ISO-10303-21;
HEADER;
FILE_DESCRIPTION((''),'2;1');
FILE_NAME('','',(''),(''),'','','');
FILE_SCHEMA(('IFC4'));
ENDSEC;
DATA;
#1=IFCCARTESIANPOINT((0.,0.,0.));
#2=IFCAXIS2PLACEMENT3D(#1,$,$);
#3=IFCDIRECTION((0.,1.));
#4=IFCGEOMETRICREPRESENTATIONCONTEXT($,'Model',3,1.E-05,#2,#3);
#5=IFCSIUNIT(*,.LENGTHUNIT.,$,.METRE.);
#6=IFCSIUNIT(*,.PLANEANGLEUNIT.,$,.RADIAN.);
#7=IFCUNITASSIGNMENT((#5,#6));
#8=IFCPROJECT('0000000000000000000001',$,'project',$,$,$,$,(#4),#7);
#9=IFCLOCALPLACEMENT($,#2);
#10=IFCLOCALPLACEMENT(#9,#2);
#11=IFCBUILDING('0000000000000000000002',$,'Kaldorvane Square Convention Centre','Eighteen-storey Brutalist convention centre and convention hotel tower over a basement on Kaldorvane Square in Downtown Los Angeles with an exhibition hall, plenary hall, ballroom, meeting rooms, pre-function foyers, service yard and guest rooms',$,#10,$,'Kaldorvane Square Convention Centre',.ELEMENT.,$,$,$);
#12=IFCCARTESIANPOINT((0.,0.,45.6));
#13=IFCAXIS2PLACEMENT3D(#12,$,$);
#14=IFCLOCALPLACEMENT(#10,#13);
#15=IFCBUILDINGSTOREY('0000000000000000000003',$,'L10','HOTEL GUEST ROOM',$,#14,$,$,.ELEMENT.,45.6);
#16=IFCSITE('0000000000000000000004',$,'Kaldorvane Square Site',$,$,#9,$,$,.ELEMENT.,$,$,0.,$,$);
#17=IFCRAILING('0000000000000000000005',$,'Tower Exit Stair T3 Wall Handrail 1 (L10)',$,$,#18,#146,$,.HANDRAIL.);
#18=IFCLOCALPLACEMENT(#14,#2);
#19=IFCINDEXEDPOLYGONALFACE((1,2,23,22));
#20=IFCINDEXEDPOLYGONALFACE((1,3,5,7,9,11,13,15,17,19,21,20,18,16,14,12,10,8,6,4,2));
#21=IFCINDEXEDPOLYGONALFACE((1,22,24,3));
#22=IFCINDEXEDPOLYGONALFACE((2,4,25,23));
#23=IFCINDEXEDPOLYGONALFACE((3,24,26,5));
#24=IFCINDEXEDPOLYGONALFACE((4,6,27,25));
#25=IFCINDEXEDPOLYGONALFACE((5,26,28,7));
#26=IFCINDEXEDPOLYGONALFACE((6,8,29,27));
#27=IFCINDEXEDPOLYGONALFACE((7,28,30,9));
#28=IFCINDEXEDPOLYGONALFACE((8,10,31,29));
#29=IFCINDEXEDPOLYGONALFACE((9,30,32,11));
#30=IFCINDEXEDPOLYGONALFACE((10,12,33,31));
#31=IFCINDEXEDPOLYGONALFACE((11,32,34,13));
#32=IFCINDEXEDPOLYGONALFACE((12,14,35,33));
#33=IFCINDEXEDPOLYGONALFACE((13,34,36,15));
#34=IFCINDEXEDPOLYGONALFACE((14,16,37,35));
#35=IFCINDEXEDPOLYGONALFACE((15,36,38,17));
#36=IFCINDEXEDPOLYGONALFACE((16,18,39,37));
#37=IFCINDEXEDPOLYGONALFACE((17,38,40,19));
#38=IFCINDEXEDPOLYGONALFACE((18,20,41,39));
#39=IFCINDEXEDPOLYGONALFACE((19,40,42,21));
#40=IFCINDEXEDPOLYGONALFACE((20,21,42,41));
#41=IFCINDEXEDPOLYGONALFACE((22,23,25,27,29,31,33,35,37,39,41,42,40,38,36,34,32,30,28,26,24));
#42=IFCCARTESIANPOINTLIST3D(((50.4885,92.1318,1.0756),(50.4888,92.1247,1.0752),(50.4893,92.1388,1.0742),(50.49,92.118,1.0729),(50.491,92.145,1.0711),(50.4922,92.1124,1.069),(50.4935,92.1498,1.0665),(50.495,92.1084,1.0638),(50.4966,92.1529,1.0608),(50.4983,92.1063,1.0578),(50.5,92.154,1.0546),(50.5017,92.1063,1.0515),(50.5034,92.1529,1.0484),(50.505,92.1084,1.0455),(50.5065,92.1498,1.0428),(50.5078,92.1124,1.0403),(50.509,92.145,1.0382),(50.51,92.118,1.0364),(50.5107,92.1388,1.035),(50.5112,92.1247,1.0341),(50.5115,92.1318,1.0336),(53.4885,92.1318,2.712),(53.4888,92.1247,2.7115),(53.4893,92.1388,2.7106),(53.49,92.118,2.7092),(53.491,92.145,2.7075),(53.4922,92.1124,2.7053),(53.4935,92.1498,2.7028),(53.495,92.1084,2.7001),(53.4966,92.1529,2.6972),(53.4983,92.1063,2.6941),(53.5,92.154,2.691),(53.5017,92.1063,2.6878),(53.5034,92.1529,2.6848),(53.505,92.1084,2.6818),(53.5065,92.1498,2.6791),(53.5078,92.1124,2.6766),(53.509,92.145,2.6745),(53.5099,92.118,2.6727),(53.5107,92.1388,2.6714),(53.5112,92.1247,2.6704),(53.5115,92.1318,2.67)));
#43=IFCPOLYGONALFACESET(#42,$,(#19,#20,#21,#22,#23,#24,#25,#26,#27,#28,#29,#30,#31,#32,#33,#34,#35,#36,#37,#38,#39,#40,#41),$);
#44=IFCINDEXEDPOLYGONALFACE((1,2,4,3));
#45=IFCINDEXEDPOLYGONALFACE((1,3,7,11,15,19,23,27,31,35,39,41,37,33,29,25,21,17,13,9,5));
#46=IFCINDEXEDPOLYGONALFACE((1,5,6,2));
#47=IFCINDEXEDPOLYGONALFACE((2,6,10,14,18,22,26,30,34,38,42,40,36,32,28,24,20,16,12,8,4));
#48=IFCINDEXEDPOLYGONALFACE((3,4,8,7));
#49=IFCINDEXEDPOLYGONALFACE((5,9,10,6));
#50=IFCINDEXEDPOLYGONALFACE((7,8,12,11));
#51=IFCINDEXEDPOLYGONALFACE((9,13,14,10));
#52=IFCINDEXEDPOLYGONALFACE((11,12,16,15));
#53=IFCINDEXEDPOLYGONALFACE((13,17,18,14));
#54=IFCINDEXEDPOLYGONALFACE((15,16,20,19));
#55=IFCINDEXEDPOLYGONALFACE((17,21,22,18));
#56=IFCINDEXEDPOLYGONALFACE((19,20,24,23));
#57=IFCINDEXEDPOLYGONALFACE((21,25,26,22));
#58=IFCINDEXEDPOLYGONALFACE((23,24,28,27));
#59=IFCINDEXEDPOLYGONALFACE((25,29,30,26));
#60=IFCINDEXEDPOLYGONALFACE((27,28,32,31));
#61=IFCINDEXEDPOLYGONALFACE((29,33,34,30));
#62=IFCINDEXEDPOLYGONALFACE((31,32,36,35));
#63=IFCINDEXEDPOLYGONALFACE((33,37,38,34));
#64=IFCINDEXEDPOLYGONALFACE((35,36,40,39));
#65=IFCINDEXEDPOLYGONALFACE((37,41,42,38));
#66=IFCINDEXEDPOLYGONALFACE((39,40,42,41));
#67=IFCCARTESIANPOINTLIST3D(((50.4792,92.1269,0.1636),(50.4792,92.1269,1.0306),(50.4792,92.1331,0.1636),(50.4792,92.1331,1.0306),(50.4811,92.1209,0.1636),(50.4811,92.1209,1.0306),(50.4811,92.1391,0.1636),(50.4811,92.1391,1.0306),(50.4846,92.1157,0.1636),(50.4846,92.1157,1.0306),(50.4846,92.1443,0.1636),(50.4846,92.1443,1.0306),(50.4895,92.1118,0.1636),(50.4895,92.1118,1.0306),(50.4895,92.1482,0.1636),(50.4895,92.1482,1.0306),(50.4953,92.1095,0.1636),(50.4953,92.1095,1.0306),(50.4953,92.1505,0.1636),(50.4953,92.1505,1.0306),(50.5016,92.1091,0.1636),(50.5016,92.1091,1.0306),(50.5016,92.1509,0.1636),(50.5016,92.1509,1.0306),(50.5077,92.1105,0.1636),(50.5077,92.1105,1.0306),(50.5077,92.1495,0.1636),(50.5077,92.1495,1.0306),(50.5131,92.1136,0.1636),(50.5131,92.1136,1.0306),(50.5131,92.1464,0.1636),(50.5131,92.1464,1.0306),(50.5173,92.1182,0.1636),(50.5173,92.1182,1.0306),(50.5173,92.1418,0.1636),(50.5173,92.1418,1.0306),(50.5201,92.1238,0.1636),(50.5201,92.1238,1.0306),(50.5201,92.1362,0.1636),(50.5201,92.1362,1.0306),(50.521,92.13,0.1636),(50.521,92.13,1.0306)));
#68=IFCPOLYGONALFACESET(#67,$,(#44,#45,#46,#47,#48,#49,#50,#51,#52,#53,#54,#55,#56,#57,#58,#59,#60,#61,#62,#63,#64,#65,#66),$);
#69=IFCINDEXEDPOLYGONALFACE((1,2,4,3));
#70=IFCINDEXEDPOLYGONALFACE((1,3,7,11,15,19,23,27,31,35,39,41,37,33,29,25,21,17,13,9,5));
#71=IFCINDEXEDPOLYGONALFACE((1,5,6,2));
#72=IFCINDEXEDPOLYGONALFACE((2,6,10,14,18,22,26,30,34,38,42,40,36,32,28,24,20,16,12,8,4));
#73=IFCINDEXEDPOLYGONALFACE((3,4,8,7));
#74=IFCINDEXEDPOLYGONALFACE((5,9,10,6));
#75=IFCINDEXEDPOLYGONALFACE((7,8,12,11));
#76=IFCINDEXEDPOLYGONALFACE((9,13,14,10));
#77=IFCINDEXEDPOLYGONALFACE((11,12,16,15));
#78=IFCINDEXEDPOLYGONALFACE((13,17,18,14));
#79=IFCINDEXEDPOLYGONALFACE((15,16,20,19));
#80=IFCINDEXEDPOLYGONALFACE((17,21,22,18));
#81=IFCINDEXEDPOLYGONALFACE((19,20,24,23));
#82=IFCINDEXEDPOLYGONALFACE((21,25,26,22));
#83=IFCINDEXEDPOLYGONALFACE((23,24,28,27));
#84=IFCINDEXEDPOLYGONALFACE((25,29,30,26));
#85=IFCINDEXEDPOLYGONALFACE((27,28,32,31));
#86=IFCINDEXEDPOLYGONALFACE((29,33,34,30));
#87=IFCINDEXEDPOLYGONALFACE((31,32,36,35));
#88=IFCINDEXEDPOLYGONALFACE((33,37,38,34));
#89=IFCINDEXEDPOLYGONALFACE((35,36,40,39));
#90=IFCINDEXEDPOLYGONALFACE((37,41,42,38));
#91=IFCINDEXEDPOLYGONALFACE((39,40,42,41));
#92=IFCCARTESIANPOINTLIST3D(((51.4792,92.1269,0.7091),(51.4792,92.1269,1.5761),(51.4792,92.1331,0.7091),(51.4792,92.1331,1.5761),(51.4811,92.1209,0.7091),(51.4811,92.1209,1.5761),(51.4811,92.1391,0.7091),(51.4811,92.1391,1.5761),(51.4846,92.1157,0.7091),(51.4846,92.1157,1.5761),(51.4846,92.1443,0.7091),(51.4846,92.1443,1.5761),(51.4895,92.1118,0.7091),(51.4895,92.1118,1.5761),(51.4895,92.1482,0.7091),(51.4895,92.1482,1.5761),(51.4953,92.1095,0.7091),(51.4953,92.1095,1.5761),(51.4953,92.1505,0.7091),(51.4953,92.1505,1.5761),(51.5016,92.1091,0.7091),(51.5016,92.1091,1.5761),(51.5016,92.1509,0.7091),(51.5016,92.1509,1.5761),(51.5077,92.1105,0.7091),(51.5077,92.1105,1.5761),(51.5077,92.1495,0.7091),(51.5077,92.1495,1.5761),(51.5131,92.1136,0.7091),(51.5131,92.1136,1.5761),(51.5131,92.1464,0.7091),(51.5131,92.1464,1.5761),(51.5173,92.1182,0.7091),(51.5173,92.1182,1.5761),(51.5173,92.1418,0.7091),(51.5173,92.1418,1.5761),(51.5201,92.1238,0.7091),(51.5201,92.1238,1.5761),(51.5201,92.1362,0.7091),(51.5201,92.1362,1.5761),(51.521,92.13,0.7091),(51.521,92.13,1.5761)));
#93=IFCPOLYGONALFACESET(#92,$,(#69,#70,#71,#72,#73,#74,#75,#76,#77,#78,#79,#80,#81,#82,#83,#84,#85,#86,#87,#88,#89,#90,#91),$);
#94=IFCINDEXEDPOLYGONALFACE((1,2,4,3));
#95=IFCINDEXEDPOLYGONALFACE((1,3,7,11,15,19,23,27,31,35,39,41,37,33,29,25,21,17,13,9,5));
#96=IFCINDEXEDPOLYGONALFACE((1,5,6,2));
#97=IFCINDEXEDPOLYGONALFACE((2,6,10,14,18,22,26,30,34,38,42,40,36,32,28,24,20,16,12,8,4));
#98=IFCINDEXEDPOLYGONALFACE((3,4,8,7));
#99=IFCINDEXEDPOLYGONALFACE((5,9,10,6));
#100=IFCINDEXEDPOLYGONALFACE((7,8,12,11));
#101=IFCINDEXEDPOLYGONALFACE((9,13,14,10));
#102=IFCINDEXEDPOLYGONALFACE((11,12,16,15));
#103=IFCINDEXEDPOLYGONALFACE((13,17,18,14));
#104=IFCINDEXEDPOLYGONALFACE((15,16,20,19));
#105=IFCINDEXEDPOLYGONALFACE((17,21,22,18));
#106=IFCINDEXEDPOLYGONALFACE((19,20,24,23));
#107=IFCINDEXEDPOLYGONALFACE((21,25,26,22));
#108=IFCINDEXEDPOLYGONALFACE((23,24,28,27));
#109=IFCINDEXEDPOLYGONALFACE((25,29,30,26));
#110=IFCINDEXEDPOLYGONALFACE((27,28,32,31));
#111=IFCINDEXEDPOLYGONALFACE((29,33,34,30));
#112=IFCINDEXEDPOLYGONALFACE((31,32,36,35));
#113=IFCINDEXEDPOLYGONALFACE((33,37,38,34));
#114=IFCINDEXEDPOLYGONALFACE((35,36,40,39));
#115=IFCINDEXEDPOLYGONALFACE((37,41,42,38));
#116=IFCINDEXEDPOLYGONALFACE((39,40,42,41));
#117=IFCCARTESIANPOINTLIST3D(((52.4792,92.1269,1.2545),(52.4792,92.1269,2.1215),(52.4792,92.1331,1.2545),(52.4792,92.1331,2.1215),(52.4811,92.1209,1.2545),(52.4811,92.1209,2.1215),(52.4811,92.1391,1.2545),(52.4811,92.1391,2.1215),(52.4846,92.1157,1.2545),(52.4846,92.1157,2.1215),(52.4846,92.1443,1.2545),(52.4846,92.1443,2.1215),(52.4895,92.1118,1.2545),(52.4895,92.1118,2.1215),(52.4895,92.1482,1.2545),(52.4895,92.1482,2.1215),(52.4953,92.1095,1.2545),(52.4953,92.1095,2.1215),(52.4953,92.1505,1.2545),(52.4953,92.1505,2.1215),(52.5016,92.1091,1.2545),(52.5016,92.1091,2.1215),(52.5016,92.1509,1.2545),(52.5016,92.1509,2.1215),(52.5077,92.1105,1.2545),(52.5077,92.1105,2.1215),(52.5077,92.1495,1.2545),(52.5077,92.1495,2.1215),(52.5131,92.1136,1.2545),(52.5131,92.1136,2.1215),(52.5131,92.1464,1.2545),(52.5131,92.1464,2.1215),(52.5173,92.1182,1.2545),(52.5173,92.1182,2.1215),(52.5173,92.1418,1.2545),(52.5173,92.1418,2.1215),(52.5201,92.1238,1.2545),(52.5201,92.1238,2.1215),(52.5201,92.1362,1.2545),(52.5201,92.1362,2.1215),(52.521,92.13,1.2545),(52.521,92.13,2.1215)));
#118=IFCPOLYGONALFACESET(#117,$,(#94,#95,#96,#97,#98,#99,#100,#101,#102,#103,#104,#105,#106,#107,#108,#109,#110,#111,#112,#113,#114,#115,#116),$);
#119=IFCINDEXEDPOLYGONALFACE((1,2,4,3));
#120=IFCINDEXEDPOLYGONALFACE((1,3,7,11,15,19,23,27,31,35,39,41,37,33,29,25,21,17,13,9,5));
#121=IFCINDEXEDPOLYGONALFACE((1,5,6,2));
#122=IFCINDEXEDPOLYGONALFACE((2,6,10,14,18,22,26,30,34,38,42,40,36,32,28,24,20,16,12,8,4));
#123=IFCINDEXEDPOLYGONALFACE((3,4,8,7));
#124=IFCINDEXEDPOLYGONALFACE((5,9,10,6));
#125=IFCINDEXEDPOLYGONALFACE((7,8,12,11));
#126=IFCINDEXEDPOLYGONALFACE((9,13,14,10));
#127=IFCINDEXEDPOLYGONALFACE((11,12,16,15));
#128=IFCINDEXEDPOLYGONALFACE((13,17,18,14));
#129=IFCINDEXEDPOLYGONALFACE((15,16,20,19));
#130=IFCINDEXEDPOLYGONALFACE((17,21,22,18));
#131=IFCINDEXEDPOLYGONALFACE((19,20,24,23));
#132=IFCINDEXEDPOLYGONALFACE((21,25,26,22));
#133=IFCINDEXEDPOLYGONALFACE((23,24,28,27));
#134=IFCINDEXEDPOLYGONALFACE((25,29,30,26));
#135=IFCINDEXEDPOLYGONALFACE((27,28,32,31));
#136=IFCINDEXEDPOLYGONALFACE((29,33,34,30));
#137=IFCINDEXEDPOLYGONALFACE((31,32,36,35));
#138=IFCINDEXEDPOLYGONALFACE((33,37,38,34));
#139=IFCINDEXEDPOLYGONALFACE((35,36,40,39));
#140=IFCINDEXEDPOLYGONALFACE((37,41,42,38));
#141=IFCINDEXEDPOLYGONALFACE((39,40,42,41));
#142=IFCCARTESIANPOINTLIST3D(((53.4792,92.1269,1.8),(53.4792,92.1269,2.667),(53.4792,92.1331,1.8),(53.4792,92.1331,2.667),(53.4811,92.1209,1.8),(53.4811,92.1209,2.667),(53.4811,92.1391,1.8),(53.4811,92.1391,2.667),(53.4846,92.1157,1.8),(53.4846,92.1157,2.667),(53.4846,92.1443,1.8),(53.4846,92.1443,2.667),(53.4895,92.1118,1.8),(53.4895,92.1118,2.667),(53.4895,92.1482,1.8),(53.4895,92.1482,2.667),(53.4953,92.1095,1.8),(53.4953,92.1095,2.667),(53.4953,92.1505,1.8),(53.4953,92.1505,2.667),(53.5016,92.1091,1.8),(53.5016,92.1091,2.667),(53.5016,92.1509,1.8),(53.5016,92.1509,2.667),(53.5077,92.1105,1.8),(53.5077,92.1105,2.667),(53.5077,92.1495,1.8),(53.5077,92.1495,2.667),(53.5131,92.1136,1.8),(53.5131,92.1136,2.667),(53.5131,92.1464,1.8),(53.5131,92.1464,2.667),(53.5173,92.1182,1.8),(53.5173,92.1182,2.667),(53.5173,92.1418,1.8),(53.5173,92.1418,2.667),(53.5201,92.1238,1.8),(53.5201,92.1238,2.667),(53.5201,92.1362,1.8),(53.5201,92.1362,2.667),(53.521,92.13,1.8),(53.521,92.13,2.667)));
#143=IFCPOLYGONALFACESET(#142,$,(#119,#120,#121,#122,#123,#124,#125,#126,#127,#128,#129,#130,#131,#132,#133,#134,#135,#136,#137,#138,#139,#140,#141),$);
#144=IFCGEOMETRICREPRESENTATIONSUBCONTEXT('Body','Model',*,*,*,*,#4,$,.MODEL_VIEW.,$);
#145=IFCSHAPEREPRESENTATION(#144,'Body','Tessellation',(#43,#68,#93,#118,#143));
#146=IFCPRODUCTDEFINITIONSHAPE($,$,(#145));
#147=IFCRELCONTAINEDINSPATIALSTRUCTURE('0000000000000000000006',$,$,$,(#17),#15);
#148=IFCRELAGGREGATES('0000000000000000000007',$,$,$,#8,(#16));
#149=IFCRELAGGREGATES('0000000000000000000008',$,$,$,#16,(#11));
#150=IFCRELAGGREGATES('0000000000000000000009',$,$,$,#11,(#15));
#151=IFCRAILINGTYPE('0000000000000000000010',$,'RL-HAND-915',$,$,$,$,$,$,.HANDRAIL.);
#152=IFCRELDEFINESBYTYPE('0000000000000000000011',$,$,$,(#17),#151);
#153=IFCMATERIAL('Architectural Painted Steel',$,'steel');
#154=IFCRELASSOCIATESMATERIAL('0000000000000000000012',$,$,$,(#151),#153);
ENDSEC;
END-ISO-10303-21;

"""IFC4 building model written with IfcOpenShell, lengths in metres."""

from ifc_helpers import new_model, si_unit, direction, frame, origin, origin_2d, place, context, subcontext, project, spatial, circle, extrude, material, type_object, element, save


model = new_model("IFC4")

# Units and contexts
model_context = context("Model", 3, precision=1e-05, world=origin(), true_north=direction((0.0, 1.0)))
body_context = subcontext(model_context, "Body", "Model", "MODEL_VIEW")
ifc_project = project(units=[si_unit("LENGTHUNIT", "METRE"), si_unit("PLANEANGLEUNIT", "RADIAN")], contexts=[model_context])

# Site, building, storey
site_placement = place(None, origin())
site = spatial("IfcSite", under=ifc_project, at=site_placement, Name="Kaldorvane Square Site", CompositionType="ELEMENT", RefElevation=0.0)
building_placement = place(site_placement, origin())
building = spatial("IfcBuilding", under=site, at=building_placement, Name="Kaldorvane Square Convention Centre", Description="Eighteen-storey Brutalist convention centre and convention hotel tower over a basement on Kaldorvane Square in Downtown Los Angeles with an exhibition hall, plenary hall, ballroom, meeting rooms, pre-function foyers, service yard and guest rooms", LongName="Kaldorvane Square Convention Centre", CompositionType="ELEMENT")
storey_placement = place(building_placement, frame((0.0, 0.0, 45.6)))
storey = spatial("IfcBuildingStorey", under=building, at=storey_placement, Name="L10", Description="HOTEL GUEST ROOM", CompositionType="ELEMENT", Elevation=45.6)

# Railing
ifc_material_1 = material(Name="Architectural Painted Steel", Category="steel")
railing_type_1 = type_object("IfcRailingType", Name="RL-HAND-915", PredefinedType="HANDRAIL", material=ifc_material_1)
for number, where, name in (
    (1, (50.5, 92.13, 0.1636), "Tower Exit Stair T3 Wall Handrail 1 (L10)"),
):
    element("IfcRailing", number, at=place(storey_placement, frame(where)), inside=storey, type_object=railing_type_1, Name=name, PredefinedType="HANDRAIL", context=body_context, shape_type="SweptSolid", body=[
        extrude(circle(Radius=0.024, at=origin_2d()), frame((0.0, 0.0, 0.891), z_axis=(0.877897, 0.0, 0.47885), x_axis=(0.0, 1.0, 0.0)), (0.0, 0.0, 1.0), 3.4173),
        extrude(circle(Radius=0.021, at=origin_2d()), origin(), (0.0, 0.0, 1.0), 0.867),
        extrude(circle(Radius=0.021, at=origin_2d()), frame((1.0, 0.0, 0.5455)), (0.0, 0.0, 1.0), 0.867),
        extrude(circle(Radius=0.021, at=origin_2d()), frame((2.0, 0.0, 1.0909)), (0.0, 0.0, 1.0), 0.867),
        extrude(circle(Radius=0.021, at=origin_2d()), frame((3.0, 0.0, 1.6364)), (0.0, 0.0, 1.0), 0.867),
    ])

save(model, "model.ifc")
